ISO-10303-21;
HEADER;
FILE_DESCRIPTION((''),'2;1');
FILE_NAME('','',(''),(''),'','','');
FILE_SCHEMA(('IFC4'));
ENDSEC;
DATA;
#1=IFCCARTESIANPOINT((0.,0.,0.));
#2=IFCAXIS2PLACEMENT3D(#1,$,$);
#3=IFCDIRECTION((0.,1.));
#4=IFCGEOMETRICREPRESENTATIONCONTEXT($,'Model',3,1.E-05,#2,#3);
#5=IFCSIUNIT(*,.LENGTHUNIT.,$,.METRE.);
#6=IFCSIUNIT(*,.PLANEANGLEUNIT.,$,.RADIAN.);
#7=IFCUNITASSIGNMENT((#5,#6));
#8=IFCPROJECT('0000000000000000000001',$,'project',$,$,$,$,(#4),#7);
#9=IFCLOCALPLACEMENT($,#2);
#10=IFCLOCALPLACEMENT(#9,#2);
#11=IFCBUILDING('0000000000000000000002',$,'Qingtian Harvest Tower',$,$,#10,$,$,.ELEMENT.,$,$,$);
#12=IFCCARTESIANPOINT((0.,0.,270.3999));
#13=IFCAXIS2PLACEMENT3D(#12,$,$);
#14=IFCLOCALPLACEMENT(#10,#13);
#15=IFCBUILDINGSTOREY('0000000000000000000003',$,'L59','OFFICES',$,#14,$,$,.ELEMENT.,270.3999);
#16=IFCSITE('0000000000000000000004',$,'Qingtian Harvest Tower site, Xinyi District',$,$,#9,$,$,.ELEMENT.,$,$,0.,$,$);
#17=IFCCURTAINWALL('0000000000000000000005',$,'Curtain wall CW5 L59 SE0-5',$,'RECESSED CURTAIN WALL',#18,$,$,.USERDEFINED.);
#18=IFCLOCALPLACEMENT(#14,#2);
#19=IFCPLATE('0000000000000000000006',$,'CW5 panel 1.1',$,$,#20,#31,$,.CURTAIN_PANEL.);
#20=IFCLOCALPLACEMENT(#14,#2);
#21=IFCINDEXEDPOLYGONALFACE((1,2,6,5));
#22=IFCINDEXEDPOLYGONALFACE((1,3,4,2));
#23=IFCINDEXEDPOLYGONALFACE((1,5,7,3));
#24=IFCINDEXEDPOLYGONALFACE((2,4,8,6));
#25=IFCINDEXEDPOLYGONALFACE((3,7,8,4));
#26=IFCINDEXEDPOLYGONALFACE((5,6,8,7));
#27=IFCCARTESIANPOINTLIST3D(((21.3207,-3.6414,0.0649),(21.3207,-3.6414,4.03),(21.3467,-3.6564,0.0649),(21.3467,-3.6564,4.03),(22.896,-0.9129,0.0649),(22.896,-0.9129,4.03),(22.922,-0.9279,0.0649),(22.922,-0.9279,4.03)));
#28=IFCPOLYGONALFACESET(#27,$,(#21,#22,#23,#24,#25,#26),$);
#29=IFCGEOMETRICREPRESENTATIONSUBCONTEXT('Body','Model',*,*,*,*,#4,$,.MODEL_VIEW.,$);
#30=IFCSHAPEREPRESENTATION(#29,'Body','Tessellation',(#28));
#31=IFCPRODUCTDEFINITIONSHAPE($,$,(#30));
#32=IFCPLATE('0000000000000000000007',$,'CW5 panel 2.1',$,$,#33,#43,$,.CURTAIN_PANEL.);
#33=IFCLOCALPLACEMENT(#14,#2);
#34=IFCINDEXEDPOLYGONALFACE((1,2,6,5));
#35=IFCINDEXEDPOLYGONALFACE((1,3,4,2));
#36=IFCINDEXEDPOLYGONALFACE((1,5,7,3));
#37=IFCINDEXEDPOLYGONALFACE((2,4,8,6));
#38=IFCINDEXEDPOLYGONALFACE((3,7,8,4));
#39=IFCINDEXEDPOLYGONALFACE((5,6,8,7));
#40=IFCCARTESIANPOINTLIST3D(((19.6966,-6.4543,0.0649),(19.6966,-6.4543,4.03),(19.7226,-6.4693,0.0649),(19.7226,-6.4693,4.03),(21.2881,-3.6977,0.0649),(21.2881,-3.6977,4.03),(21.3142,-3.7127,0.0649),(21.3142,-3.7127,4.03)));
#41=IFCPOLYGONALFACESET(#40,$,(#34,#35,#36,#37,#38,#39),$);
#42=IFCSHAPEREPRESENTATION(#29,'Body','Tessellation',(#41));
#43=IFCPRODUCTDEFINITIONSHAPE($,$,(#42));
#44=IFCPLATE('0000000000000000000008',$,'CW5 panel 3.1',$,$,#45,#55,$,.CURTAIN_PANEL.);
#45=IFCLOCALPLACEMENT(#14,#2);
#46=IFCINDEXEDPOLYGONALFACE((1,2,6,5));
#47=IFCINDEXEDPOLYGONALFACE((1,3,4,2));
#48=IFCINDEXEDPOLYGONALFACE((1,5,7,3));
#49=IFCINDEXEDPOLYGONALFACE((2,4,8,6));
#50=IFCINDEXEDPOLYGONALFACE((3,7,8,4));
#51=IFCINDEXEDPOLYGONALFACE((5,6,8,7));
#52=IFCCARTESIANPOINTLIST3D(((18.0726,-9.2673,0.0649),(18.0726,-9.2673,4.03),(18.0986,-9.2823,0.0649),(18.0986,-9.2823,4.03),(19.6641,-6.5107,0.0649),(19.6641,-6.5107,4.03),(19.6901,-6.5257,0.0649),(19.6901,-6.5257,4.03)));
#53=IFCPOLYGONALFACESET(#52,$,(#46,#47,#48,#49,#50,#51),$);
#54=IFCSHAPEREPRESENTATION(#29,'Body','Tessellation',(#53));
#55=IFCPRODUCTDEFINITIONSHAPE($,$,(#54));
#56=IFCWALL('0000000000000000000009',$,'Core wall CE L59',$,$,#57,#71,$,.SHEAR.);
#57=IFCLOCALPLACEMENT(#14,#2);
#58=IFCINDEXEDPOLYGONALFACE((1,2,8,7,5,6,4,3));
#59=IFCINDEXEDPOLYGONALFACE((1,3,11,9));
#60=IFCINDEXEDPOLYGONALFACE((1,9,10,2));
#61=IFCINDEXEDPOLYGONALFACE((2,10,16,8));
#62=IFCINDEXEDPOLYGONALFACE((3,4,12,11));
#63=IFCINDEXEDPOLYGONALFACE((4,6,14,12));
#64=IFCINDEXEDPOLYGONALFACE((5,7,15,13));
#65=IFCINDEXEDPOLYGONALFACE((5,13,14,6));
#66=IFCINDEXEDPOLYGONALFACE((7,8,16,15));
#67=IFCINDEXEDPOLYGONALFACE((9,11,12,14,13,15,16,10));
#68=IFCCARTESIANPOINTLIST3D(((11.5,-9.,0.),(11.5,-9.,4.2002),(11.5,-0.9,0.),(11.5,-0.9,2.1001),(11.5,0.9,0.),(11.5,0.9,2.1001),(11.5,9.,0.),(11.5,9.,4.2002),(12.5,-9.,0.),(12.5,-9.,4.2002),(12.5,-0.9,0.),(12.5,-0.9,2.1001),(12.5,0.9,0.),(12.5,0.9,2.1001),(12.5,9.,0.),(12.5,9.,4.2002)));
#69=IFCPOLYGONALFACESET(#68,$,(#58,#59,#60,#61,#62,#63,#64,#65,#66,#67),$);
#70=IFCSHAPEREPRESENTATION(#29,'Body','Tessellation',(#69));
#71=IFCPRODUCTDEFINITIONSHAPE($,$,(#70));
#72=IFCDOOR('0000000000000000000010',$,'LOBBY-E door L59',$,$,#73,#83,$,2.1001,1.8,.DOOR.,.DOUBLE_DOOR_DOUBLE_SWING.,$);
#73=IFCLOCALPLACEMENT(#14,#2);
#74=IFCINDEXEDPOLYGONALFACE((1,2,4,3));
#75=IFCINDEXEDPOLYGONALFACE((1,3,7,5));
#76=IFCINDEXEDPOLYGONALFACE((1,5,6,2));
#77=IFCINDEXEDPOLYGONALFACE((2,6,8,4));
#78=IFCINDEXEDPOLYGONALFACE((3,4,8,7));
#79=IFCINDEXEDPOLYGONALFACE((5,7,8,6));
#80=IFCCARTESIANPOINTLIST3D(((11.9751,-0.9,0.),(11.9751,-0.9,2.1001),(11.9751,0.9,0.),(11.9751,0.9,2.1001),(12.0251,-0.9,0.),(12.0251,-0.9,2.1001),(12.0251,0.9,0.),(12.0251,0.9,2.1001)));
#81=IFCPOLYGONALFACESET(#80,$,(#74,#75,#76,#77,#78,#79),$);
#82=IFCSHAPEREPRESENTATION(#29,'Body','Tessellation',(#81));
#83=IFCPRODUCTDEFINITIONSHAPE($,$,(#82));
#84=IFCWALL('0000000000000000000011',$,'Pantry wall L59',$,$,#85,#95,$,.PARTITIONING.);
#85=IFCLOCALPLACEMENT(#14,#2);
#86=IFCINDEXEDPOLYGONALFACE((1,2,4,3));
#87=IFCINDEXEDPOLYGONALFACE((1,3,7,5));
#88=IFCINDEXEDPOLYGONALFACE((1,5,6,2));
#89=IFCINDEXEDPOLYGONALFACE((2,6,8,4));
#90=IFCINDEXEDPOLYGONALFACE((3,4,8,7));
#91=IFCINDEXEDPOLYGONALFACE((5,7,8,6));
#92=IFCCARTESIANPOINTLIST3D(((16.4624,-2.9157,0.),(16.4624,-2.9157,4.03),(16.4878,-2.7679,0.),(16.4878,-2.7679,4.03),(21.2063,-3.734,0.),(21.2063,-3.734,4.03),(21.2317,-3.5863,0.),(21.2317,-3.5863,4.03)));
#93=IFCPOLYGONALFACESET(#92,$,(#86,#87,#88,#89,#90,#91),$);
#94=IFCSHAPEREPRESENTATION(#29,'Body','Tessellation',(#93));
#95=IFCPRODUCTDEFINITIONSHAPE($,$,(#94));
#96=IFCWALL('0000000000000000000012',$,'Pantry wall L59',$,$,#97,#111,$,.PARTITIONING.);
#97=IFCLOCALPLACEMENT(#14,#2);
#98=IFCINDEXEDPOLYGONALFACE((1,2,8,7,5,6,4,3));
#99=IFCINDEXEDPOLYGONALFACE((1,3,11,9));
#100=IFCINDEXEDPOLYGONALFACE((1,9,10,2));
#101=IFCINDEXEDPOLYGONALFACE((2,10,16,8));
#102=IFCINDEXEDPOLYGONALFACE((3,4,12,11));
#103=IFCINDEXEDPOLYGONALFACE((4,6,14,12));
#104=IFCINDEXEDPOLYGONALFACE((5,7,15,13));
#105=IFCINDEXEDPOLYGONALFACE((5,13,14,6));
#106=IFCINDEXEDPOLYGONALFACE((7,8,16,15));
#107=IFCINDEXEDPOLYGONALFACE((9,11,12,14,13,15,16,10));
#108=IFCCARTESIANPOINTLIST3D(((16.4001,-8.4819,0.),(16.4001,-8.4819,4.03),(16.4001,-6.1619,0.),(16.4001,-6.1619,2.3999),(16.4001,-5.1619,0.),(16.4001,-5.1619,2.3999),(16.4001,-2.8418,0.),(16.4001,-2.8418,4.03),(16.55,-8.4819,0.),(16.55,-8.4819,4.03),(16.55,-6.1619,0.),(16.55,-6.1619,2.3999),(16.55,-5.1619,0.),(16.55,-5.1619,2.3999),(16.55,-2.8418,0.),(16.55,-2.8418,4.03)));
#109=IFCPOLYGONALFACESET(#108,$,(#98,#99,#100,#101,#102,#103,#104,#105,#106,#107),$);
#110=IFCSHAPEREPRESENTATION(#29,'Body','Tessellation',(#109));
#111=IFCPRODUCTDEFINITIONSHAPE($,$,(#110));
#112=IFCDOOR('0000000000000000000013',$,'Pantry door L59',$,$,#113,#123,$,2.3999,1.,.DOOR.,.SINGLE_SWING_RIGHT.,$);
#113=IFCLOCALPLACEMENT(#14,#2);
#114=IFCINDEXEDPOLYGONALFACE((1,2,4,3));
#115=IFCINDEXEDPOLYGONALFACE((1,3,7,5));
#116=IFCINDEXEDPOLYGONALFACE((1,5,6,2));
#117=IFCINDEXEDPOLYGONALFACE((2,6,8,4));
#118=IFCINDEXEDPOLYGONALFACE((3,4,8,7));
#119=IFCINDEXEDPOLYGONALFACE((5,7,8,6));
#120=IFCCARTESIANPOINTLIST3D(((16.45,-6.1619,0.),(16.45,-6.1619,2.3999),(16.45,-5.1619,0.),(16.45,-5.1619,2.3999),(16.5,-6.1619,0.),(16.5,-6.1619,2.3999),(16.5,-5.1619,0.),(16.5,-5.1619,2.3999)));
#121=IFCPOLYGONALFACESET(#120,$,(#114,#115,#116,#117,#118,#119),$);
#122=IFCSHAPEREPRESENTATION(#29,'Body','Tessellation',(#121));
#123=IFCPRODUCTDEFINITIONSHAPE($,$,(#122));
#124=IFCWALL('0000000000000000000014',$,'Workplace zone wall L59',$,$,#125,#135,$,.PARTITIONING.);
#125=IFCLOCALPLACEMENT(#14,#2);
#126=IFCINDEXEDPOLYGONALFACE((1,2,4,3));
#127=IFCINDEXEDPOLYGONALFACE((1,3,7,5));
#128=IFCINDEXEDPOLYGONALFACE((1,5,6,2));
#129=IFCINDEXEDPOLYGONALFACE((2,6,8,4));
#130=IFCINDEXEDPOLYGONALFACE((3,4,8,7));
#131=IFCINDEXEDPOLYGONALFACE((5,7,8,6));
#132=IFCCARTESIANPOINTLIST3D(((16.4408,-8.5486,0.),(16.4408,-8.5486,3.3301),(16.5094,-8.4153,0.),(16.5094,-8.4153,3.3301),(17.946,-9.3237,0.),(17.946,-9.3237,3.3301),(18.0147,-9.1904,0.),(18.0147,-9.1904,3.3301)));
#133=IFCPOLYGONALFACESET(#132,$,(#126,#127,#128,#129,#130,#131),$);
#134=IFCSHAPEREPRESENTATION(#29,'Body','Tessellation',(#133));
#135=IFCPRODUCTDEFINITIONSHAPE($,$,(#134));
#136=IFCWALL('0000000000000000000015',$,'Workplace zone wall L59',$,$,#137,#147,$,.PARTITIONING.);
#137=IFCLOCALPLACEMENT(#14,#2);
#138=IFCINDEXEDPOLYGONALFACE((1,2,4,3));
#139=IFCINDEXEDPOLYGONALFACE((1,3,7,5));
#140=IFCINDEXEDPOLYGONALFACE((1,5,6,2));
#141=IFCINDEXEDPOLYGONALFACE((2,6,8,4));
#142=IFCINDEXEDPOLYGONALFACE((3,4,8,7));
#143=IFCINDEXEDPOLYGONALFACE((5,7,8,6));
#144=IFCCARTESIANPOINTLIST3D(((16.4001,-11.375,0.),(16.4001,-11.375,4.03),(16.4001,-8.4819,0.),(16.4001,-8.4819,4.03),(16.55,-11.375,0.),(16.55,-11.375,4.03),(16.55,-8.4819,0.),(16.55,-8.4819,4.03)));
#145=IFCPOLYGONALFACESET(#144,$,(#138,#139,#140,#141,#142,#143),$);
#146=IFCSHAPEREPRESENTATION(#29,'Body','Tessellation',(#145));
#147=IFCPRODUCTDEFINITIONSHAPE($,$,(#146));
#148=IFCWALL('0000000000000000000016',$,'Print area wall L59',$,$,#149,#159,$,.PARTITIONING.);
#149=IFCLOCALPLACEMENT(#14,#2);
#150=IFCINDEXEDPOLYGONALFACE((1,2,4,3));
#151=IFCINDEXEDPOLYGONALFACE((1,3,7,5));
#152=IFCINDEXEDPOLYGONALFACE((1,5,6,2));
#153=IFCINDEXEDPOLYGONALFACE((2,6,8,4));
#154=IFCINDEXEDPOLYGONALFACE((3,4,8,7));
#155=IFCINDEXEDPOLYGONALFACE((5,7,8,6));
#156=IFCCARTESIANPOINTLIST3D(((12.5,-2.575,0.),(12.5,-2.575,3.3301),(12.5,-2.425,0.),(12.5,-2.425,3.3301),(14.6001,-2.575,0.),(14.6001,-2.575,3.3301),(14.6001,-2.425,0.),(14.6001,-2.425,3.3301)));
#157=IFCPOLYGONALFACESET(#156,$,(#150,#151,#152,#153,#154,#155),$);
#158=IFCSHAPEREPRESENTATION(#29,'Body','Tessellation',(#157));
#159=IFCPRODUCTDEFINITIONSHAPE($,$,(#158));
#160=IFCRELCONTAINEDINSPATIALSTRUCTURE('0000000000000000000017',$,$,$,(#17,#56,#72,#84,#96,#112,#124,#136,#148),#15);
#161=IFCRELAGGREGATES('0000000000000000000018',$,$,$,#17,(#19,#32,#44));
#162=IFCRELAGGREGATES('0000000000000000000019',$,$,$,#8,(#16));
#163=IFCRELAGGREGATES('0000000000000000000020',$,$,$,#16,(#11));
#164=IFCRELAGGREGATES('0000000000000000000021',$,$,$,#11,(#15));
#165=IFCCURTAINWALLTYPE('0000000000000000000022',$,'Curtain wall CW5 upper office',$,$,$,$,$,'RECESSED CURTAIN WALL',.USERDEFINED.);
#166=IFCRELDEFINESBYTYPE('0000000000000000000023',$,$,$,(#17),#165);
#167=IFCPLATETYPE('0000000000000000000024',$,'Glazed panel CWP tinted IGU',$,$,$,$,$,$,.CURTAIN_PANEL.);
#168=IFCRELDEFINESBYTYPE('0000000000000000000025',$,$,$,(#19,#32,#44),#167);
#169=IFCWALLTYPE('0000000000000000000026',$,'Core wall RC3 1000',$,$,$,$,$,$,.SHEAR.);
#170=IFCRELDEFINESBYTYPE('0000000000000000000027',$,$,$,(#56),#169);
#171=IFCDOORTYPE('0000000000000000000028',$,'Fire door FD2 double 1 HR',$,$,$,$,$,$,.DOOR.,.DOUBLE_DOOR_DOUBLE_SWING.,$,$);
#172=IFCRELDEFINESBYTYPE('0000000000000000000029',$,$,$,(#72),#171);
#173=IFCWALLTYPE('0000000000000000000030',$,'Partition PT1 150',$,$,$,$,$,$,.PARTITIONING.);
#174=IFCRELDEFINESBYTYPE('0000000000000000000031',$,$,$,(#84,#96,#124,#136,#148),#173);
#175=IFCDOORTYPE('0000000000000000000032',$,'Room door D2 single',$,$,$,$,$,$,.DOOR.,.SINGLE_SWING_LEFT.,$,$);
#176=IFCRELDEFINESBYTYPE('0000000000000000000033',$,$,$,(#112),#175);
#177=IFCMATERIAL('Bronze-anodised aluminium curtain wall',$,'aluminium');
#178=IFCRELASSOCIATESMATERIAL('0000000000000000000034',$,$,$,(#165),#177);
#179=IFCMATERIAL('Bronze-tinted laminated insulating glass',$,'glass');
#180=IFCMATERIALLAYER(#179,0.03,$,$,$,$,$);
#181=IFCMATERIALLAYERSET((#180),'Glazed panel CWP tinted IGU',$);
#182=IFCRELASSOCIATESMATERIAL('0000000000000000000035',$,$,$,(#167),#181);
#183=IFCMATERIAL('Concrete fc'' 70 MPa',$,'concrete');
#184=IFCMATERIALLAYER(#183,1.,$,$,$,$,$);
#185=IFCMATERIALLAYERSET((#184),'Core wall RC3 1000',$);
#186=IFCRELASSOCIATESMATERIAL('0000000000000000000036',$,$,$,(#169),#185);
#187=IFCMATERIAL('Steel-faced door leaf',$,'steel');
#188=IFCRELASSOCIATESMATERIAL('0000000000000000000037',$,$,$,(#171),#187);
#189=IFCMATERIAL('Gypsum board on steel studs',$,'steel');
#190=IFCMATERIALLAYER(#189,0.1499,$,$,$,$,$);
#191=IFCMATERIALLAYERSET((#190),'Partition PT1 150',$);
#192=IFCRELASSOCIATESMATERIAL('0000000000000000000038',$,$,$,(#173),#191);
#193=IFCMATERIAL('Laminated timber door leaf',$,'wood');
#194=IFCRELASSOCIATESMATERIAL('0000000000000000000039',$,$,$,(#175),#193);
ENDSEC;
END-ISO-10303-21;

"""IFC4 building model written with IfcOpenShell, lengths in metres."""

from ifc_helpers import new_model, si_unit, direction, frame, frame_2d, origin, origin_2d, place, context, subcontext, project, spatial, rectangle, extrude, material, layer, layer_set, type_object, element, fill, aggregate, save


model = new_model("IFC4")

# Units and contexts
model_context = context("Model", 3, precision=1e-05, world=origin(), true_north=direction((0.0, 1.0)))
body_context = subcontext(model_context, "Body", "Model", "MODEL_VIEW")
ifc_project = project(units=[si_unit("LENGTHUNIT", "METRE"), si_unit("PLANEANGLEUNIT", "RADIAN")], contexts=[model_context])

# Site, building, storey
site_placement = place(None, origin())
site = spatial("IfcSite", under=ifc_project, at=site_placement, Name="Qingtian Harvest Tower site, Xinyi District", CompositionType="ELEMENT", RefElevation=0.0)
building_placement = place(site_placement, origin())
building = spatial("IfcBuilding", under=site, at=building_placement, Name="Qingtian Harvest Tower", CompositionType="ELEMENT")
storey_placement = place(building_placement, frame((0.0, 0.0, 270.3999)))
storey = spatial("IfcBuildingStorey", under=building, at=storey_placement, Name="L59", Description="OFFICES", CompositionType="ELEMENT", Elevation=270.3999)

# Shared definitions
ifc_material_1 = material(Name="Bronze-anodised aluminium curtain wall", Category="aluminium")
curtain_wall_type = type_object("IfcCurtainWallType", Name="Curtain wall CW5 upper office", ElementType="RECESSED CURTAIN WALL", PredefinedType="USERDEFINED", material=ifc_material_1)

# Curtain wall
curtain_wall_1_placement = place(storey_placement, origin())
curtain_wall_1 = element("IfcCurtainWall", 1, at=curtain_wall_1_placement, inside=storey, type_object=curtain_wall_type, Name="Curtain wall CW5 L59 SE0-5", ObjectType="RECESSED CURTAIN WALL", PredefinedType="USERDEFINED")

# Plates
ifc_material_2 = material(Name="Bronze-tinted laminated insulating glass", Category="glass")
ifc_layer_1 = layer(ifc_material_2, 0.03)
ifc_layer_set_1 = layer_set([ifc_layer_1], Name="Glazed panel CWP tinted IGU")
plate_type = type_object("IfcPlateType", Name="Glazed panel CWP tinted IGU", PredefinedType="CURTAIN_PANEL", material=ifc_layer_set_1)
plate_1_placement = place(storey_placement, frame((22.1213, -2.2847, 0.0649), z_axis=(0.0, 0.0, 1.0), x_axis=(-0.5, -0.866025, 0.0)))
plate_1 = element("IfcPlate", 2, at=plate_1_placement, type_object=plate_type, Name="CW5 panel 1.1", PredefinedType="CURTAIN_PANEL", context=body_context, shape_type="SweptSolid", body=[
    extrude(rectangle(XDim=3.1506, YDim=0.03, at=origin_2d()), origin(), (0.0, 0.0, 1.0), 3.9651),
])
plate_2_placement = place(storey_placement, frame((20.5054, -5.0835, 0.0649), z_axis=(0.0, 0.0, 1.0), x_axis=(-0.5, -0.866025, 0.0)))
plate_2 = element("IfcPlate", 3, at=plate_2_placement, type_object=plate_type, Name="CW5 panel 2.1", PredefinedType="CURTAIN_PANEL", context=body_context, shape_type="SweptSolid", body=[
    extrude(rectangle(XDim=3.1831, YDim=0.03, at=origin_2d()), origin(), (0.0, 0.0, 1.0), 3.9651),
])
plate_3_placement = place(storey_placement, frame((18.8813, -7.8965, 0.0649), z_axis=(0.0, 0.0, 1.0), x_axis=(-0.5, -0.866025, 0.0)))
plate_3 = element("IfcPlate", 4, at=plate_3_placement, type_object=plate_type, Name="CW5 panel 3.1", PredefinedType="CURTAIN_PANEL", context=body_context, shape_type="SweptSolid", body=[
    extrude(rectangle(XDim=3.1831, YDim=0.03, at=origin_2d()), origin(), (0.0, 0.0, 1.0), 3.9651),
])
aggregate(curtain_wall_1, [plate_1, plate_2, plate_3])

# Wall, opening, door
ifc_material_3 = material(Name="Concrete fc' 70 MPa", Category="concrete")
ifc_layer_2 = layer(ifc_material_3, 1.0)
ifc_layer_set_2 = layer_set([ifc_layer_2], Name="Core wall RC3 1000")
wall_type_1 = type_object("IfcWallType", Name="Core wall RC3 1000", PredefinedType="SHEAR", material=ifc_layer_set_2)
wall_1_placement = place(storey_placement, frame((12.0, -9.0, 0.0), z_axis=(0.0, 0.0, 1.0), x_axis=(0.0, 1.0, 0.0)))
wall_1 = element("IfcWall", 5, at=wall_1_placement, inside=storey, type_object=wall_type_1, Name="Core wall CE L59", PredefinedType="SHEAR", context=body_context, shape_type="SweptSolid", body=[
    extrude(rectangle(XDim=18.0, YDim=1.0, at=frame_2d((9.0, 0.0))), origin(), (0.0, 0.0, 1.0), 4.2002),
])
opening_1_placement = place(wall_1_placement, frame((8.1001, 0.0, 0.0)))
opening_1 = element("IfcOpeningElement", 6, at=opening_1_placement, cuts=wall_1, PredefinedType="OPENING", context=body_context, shape_type="SweptSolid", body=[
    extrude(rectangle(XDim=1.8, YDim=2.1001, at=frame_2d((0.8999, 1.05))), frame((0.0, 0.51, 0.0), z_axis=(0.0, -1.0, 0.0), x_axis=(1.0, 0.0, 0.0)), (0.0, 0.0, 1.0), 1.02),
])
ifc_material_4 = material(Name="Steel-faced door leaf", Category="steel")
door_type_1 = type_object("IfcDoorType", Name="Fire door FD2 double 1 HR", OperationType="DOUBLE_DOOR_DOUBLE_SWING", PredefinedType="DOOR", material=ifc_material_4)
door_1_placement = place(opening_1_placement, origin())
door_1 = element("IfcDoor", 7, at=door_1_placement, inside=storey, type_object=door_type_1, Name="LOBBY-E door L59", OperationType="DOUBLE_DOOR_DOUBLE_SWING", OverallHeight=2.1001, OverallWidth=1.8, PredefinedType="DOOR", context=body_context, shape_type="SweptSolid", body=[
    extrude(rectangle(XDim=1.8, YDim=2.1001, at=frame_2d((0.8999, 1.05))), frame((0.0, 0.0249, 0.0), z_axis=(0.0, -1.0, 0.0), x_axis=(1.0, 0.0, 0.0)), (0.0, 0.0, 1.0), 0.05),
])
fill(opening_1, door_1)

# Wall
ifc_material_5 = material(Name="Gypsum board on steel studs", Category="steel")
ifc_layer_3 = layer(ifc_material_5, 0.1499)
ifc_layer_set_3 = layer_set([ifc_layer_3], Name="Partition PT1 150")
wall_type_2 = type_object("IfcWallType", Name="Partition PT1 150", PredefinedType="PARTITIONING", material=ifc_layer_set_3)
wall_2_placement = place(storey_placement, frame((21.219, -3.6602, 0.0), z_axis=(0.0, 0.0, 1.0), x_axis=(-0.985445, 0.169997, 0.0)))
element("IfcWall", 8, at=wall_2_placement, inside=storey, type_object=wall_type_2, Name="Pantry wall L59", PredefinedType="PARTITIONING", context=body_context, shape_type="SweptSolid", body=[
    extrude(rectangle(XDim=4.814, YDim=0.1499, at=frame_2d((2.407, 0.0))), origin(), (0.0, 0.0, 1.0), 4.03),
])

# Wall, opening, door
wall_3_placement = place(storey_placement, frame((16.4751, -2.8418, 0.0), z_axis=(0.0, 0.0, 1.0), x_axis=(0.0, -1.0, 0.0)))
wall_3 = element("IfcWall", 9, at=wall_3_placement, inside=storey, type_object=wall_type_2, Name="Pantry wall L59", PredefinedType="PARTITIONING", context=body_context, shape_type="SweptSolid", body=[
    extrude(rectangle(XDim=5.6401, YDim=0.1499, at=frame_2d((2.8201, 0.0))), origin(), (0.0, 0.0, 1.0), 4.03),
])
opening_2_placement = place(wall_3_placement, frame((2.3201, 0.0, 0.0)))
opening_2 = element("IfcOpeningElement", 10, at=opening_2_placement, cuts=wall_3, PredefinedType="OPENING", context=body_context, shape_type="SweptSolid", body=[
    extrude(rectangle(XDim=1.0, YDim=2.3999, at=frame_2d((0.5, 1.2))), frame((0.0, 0.085, 0.0), z_axis=(0.0, -1.0, 0.0), x_axis=(1.0, 0.0, 0.0)), (0.0, 0.0, 1.0), 0.1699),
])
ifc_material_6 = material(Name="Laminated timber door leaf", Category="wood")
door_type_2 = type_object("IfcDoorType", Name="Room door D2 single", OperationType="SINGLE_SWING_LEFT", PredefinedType="DOOR", material=ifc_material_6)
door_2_placement = place(opening_2_placement, origin())
door_2 = element("IfcDoor", 11, at=door_2_placement, inside=storey, type_object=door_type_2, Name="Pantry door L59", OperationType="SINGLE_SWING_RIGHT", OverallHeight=2.3999, OverallWidth=1.0, PredefinedType="DOOR", context=body_context, shape_type="SweptSolid", body=[
    extrude(rectangle(XDim=1.0, YDim=2.3999, at=frame_2d((0.5, 1.2))), frame((0.0, 0.0249, 0.0), z_axis=(0.0, -1.0, 0.0), x_axis=(1.0, 0.0, 0.0)), (0.0, 0.0, 1.0), 0.05),
])
fill(opening_2, door_2)

# Walls
wall_4_placement = place(storey_placement, frame((17.9805, -9.2571, 0.0), z_axis=(0.0, 0.0, 1.0), x_axis=(-0.889058, 0.457794, 0.0)))
element("IfcWall", 12, at=wall_4_placement, inside=storey, type_object=wall_type_2, Name="Workplace zone wall L59", PredefinedType="PARTITIONING", context=body_context, shape_type="SweptSolid", body=[
    extrude(rectangle(XDim=1.6931, YDim=0.1499, at=frame_2d((0.8467, 0.0))), origin(), (0.0, 0.0, 1.0), 3.3301),
])
wall_5_placement = place(storey_placement, frame((16.4751, -8.4819, 0.0), z_axis=(0.0, 0.0, 1.0), x_axis=(0.0, -1.0, 0.0)))
element("IfcWall", 13, at=wall_5_placement, inside=storey, type_object=wall_type_2, Name="Workplace zone wall L59", PredefinedType="PARTITIONING", context=body_context, shape_type="SweptSolid", body=[
    extrude(rectangle(XDim=2.8931, YDim=0.1499, at=frame_2d((1.4465, 0.0))), origin(), (0.0, 0.0, 1.0), 4.03),
])
wall_6_placement = place(storey_placement, frame((12.5, -2.5, 0.0), z_axis=(0.0, 0.0, 1.0), x_axis=(1.0, 0.0, 0.0)))
element("IfcWall", 14, at=wall_6_placement, inside=storey, type_object=wall_type_2, Name="Print area wall L59", PredefinedType="PARTITIONING", context=body_context, shape_type="SweptSolid", body=[
    extrude(rectangle(XDim=2.1001, YDim=0.1499, at=frame_2d((1.05, 0.0))), origin(), (0.0, 0.0, 1.0), 3.3301),
])

save(model, "model.ifc")
